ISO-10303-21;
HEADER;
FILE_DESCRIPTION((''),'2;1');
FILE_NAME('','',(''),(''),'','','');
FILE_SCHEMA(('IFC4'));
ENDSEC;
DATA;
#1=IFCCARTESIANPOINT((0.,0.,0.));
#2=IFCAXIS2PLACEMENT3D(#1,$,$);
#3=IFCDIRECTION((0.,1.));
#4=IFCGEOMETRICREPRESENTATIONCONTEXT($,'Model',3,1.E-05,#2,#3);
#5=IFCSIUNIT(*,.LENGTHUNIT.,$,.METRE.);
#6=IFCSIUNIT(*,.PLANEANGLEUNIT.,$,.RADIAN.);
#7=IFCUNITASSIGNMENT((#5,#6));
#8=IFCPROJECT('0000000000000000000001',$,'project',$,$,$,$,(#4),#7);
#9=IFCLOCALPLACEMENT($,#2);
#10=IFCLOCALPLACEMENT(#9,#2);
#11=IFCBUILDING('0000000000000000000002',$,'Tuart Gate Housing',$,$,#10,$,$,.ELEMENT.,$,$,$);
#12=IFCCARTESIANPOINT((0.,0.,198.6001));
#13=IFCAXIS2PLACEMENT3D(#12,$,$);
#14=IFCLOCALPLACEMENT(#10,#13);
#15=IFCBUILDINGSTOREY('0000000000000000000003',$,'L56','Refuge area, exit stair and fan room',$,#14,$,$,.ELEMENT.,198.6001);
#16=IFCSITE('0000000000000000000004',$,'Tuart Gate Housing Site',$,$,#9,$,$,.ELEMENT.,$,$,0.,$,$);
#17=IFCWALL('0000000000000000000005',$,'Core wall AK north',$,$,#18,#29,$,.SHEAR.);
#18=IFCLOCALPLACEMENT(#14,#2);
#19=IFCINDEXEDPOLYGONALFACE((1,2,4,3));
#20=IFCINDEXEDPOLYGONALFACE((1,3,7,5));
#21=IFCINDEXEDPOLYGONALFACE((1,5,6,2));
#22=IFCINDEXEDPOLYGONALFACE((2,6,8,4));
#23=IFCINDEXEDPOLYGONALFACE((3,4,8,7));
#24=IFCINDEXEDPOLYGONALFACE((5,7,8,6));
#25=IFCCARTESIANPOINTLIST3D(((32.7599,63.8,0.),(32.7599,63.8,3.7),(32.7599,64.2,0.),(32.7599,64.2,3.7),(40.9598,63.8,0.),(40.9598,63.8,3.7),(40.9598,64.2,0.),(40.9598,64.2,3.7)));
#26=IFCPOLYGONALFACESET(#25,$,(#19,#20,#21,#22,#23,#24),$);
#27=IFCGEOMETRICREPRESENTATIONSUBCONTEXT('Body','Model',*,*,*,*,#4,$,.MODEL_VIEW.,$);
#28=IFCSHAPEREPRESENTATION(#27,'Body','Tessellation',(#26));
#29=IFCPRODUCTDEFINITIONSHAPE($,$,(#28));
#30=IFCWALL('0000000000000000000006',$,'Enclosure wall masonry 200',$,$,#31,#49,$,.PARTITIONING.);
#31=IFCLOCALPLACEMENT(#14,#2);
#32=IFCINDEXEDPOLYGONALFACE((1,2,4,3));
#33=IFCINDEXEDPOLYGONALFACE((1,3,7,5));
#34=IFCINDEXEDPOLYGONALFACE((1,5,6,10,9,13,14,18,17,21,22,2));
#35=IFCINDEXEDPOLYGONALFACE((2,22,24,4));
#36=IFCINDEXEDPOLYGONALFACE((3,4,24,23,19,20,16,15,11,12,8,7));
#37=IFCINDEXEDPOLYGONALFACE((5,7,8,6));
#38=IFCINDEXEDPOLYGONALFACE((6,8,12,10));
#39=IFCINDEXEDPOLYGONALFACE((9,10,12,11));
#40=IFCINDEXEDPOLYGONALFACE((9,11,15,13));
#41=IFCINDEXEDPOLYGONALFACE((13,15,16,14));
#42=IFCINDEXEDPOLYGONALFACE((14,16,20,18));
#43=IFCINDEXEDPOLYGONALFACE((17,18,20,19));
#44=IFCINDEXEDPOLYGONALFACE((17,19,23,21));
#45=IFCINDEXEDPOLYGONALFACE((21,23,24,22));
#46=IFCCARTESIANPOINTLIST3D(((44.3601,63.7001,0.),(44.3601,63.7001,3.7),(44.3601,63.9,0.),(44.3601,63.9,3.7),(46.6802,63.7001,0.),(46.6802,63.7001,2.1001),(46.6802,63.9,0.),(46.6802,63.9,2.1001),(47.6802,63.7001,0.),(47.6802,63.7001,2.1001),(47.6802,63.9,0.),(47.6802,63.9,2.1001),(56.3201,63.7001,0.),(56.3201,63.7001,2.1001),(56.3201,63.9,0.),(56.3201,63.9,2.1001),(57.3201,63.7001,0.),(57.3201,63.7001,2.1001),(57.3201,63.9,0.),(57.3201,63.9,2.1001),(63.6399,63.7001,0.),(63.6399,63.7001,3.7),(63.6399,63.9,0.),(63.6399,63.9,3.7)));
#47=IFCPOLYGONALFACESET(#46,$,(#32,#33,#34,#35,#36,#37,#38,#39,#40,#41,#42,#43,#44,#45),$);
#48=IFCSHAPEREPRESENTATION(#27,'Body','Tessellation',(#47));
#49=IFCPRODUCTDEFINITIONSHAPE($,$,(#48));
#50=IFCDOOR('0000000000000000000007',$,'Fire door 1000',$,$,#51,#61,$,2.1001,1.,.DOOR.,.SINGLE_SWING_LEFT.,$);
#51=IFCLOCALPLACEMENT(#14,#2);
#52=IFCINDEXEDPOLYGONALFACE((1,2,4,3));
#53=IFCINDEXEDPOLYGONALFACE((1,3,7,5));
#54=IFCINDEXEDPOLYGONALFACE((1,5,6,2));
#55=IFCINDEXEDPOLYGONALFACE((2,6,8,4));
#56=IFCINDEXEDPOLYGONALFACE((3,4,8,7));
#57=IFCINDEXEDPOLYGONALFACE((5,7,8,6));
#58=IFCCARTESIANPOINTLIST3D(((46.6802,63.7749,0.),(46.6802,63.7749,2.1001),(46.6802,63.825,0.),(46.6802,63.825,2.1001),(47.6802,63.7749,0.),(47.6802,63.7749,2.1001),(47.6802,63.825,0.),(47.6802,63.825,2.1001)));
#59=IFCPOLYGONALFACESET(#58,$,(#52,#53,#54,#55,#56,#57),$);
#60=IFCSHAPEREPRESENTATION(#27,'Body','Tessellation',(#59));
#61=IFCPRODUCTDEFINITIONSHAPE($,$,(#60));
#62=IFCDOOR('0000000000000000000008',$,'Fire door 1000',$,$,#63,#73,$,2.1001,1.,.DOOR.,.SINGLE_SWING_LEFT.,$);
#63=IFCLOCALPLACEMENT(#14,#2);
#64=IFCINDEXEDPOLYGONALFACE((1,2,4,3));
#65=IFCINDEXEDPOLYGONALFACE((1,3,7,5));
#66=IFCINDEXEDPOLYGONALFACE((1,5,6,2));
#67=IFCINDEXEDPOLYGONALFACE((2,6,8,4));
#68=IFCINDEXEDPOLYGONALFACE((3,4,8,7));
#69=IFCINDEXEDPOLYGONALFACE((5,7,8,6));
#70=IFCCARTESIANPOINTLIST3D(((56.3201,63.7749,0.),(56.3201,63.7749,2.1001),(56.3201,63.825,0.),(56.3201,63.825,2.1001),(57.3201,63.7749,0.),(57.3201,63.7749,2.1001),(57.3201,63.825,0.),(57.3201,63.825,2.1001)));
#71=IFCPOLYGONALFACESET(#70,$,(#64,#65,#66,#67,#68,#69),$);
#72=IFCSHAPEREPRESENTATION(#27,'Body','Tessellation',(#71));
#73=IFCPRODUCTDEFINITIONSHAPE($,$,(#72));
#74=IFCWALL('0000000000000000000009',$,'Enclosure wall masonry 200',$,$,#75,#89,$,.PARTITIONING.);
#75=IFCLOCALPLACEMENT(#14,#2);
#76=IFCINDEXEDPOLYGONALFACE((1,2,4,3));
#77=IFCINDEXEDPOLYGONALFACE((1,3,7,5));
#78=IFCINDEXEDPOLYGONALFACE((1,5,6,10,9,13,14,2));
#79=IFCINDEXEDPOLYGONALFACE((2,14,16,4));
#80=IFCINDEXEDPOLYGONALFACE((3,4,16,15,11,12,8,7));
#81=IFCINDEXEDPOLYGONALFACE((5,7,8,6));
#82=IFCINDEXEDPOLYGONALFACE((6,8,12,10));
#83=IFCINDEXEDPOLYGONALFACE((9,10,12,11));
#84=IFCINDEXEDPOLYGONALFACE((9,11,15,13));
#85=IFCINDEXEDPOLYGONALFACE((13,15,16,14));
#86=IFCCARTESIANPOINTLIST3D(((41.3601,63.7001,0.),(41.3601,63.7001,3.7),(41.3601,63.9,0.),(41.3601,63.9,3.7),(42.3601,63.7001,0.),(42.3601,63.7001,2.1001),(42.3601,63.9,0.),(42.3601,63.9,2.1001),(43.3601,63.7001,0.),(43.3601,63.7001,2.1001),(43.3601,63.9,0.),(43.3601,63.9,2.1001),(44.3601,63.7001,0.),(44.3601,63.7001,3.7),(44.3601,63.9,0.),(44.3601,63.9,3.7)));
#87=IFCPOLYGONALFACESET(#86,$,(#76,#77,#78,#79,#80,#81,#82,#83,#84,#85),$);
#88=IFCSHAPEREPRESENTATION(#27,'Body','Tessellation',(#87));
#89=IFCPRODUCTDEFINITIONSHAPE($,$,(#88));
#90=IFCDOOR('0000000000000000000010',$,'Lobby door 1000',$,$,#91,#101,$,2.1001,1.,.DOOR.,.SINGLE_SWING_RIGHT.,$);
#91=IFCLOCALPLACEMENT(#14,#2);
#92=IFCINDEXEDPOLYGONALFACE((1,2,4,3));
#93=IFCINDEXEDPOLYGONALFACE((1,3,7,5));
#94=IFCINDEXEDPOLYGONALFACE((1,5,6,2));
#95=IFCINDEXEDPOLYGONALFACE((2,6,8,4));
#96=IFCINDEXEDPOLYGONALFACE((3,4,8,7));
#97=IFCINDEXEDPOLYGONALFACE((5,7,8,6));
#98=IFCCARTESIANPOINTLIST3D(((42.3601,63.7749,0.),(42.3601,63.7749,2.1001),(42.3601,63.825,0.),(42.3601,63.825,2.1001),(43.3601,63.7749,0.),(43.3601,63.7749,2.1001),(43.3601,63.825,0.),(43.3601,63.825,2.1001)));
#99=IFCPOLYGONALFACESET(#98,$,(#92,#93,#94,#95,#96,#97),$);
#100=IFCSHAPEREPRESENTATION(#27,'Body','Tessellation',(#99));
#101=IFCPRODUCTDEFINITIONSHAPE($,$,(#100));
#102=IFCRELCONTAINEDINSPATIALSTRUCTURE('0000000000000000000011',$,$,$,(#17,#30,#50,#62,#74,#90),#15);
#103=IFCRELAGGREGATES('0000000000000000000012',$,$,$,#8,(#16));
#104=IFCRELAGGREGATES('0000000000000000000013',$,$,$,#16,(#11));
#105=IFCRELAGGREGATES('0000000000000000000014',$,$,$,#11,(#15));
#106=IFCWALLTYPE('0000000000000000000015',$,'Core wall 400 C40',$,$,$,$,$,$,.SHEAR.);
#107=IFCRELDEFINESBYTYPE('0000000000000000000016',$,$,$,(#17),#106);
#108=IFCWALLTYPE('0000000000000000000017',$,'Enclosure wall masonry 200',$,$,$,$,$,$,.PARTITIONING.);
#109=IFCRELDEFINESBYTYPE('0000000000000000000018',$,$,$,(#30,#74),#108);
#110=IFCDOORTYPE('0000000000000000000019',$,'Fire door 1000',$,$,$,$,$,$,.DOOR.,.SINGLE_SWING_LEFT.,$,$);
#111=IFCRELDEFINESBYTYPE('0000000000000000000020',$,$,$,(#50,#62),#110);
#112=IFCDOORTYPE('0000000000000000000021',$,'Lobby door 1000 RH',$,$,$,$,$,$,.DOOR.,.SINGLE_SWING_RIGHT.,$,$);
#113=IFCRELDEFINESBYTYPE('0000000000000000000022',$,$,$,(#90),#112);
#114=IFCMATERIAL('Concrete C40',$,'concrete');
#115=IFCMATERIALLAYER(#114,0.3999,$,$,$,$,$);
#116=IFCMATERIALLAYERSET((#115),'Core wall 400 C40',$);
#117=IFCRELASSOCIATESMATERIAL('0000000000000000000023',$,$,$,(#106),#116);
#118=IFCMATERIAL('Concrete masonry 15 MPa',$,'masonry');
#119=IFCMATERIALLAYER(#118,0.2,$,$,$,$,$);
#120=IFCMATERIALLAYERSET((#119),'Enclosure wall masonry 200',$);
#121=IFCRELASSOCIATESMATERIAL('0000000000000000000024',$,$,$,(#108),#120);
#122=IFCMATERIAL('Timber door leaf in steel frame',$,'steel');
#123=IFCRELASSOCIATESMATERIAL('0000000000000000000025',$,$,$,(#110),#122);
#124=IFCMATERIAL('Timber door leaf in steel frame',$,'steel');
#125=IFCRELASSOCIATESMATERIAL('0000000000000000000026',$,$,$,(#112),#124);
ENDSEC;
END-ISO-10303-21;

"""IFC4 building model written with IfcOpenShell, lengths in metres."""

from ifc_helpers import new_model, si_unit, direction, frame, frame_2d, origin, place, context, subcontext, project, spatial, rectangle, extrude, material, layer, layer_set, type_object, element, fill, save


model = new_model("IFC4")

# Units and contexts
model_context = context("Model", 3, precision=1e-05, world=origin(), true_north=direction((0.0, 1.0)))
body_context = subcontext(model_context, "Body", "Model", "MODEL_VIEW")
ifc_project = project(units=[si_unit("LENGTHUNIT", "METRE"), si_unit("PLANEANGLEUNIT", "RADIAN")], contexts=[model_context])

# Site, building, storey
site_placement = place(None, origin())
site = spatial("IfcSite", under=ifc_project, at=site_placement, Name="Tuart Gate Housing Site", CompositionType="ELEMENT", RefElevation=0.0)
building_placement = place(site_placement, origin())
building = spatial("IfcBuilding", under=site, at=building_placement, Name="Tuart Gate Housing", CompositionType="ELEMENT")
storey_placement = place(building_placement, frame((0.0, 0.0, 198.6001)))
storey = spatial("IfcBuildingStorey", under=building, at=storey_placement, Name="L56", Description="Refuge area, exit stair and fan room", CompositionType="ELEMENT", Elevation=198.6001)

# Wall
ifc_material_1 = material(Name="Concrete C40", Category="concrete")
ifc_layer_1 = layer(ifc_material_1, 0.3999)
ifc_layer_set_1 = layer_set([ifc_layer_1], Name="Core wall 400 C40")
wall_type_1 = type_object("IfcWallType", Name="Core wall 400 C40", PredefinedType="SHEAR", material=ifc_layer_set_1)
wall_1_placement = place(storey_placement, frame((40.96, 64.0, 0.0), z_axis=(0.0, 0.0, 1.0), x_axis=(-1.0, 0.0, 0.0)))
element("IfcWall", 1, at=wall_1_placement, inside=storey, type_object=wall_type_1, Name="Core wall AK north", PredefinedType="SHEAR", context=body_context, shape_type="SweptSolid", body=[
    extrude(rectangle(XDim=8.2, YDim=0.3999, at=frame_2d((4.1001, 0.0))), origin(), (0.0, 0.0, 1.0), 3.7),
])

# Wall, openings, doors
ifc_material_2 = material(Name="Concrete masonry 15 MPa", Category="masonry")
ifc_layer_2 = layer(ifc_material_2, 0.2)
ifc_layer_set_2 = layer_set([ifc_layer_2], Name="Enclosure wall masonry 200")
wall_type_2 = type_object("IfcWallType", Name="Enclosure wall masonry 200", PredefinedType="PARTITIONING", material=ifc_layer_set_2)
wall_2_placement = place(storey_placement, frame((44.3601, 63.8, 0.0), z_axis=(0.0, 0.0, 1.0), x_axis=(1.0, 0.0, 0.0)))
wall_2 = element("IfcWall", 2, at=wall_2_placement, inside=storey, type_object=wall_type_2, Name="Enclosure wall masonry 200", PredefinedType="PARTITIONING", context=body_context, shape_type="SweptSolid", body=[
    extrude(rectangle(XDim=19.2798, YDim=0.2, at=frame_2d((9.6399, 0.0))), origin(), (0.0, 0.0, 1.0), 3.7),
])
opening_1_placement = place(wall_2_placement, frame((2.3201, 0.0, 0.0)))
opening_1 = element("IfcOpeningElement", 3, at=opening_1_placement, cuts=wall_2, PredefinedType="OPENING", context=body_context, shape_type="SweptSolid", body=[
    extrude(rectangle(XDim=1.0, YDim=2.1001, at=frame_2d((0.5, 1.05))), frame((0.0, 0.1099, 0.0), z_axis=(0.0, -1.0, 0.0), x_axis=(1.0, 0.0, 0.0)), (0.0, 0.0, 1.0), 0.22),
])
opening_2_placement = place(wall_2_placement, frame((11.96, 0.0, 0.0)))
opening_2 = element("IfcOpeningElement", 4, at=opening_2_placement, cuts=wall_2, PredefinedType="OPENING", context=body_context, shape_type="SweptSolid", body=[
    extrude(rectangle(XDim=1.0, YDim=2.1001, at=frame_2d((0.5, 1.05))), frame((0.0, 0.1099, 0.0), z_axis=(0.0, -1.0, 0.0), x_axis=(1.0, 0.0, 0.0)), (0.0, 0.0, 1.0), 0.22),
])
ifc_material_3 = material(Name="Timber door leaf in steel frame", Category="steel")
door_type_1 = type_object("IfcDoorType", Name="Fire door 1000", OperationType="SINGLE_SWING_LEFT", PredefinedType="DOOR", material=ifc_material_3)
door_1_placement = place(opening_1_placement, origin())
door_1 = element("IfcDoor", 5, at=door_1_placement, inside=storey, type_object=door_type_1, Name="Fire door 1000", OperationType="SINGLE_SWING_LEFT", OverallHeight=2.1001, OverallWidth=1.0, PredefinedType="DOOR", context=body_context, shape_type="SweptSolid", body=[
    extrude(rectangle(XDim=1.0, YDim=2.1001, at=frame_2d((0.5, 1.05))), frame((0.0, 0.0249, 0.0), z_axis=(0.0, -1.0, 0.0), x_axis=(1.0, 0.0, 0.0)), (0.0, 0.0, 1.0), 0.05),
])
fill(opening_1, door_1)
door_2_placement = place(opening_2_placement, origin())
door_2 = element("IfcDoor", 6, at=door_2_placement, inside=storey, type_object=door_type_1, Name="Fire door 1000", OperationType="SINGLE_SWING_LEFT", OverallHeight=2.1001, OverallWidth=1.0, PredefinedType="DOOR", context=body_context, shape_type="SweptSolid", body=[
    extrude(rectangle(XDim=1.0, YDim=2.1001, at=frame_2d((0.5, 1.05))), frame((0.0, 0.0249, 0.0), z_axis=(0.0, -1.0, 0.0), x_axis=(1.0, 0.0, 0.0)), (0.0, 0.0, 1.0), 0.05),
])
fill(opening_2, door_2)

# Wall, opening, door
wall_3_placement = place(storey_placement, frame((41.3601, 63.8, 0.0), z_axis=(0.0, 0.0, 1.0), x_axis=(1.0, 0.0, 0.0)))
wall_3 = element("IfcWall", 7, at=wall_3_placement, inside=storey, type_object=wall_type_2, Name="Enclosure wall masonry 200", PredefinedType="PARTITIONING", context=body_context, shape_type="SweptSolid", body=[
    extrude(rectangle(XDim=3.0, YDim=0.2, at=frame_2d((1.5, 0.0))), origin(), (0.0, 0.0, 1.0), 3.7),
])
opening_3_placement = place(wall_3_placement, frame((1.0, 0.0, 0.0)))
opening_3 = element("IfcOpeningElement", 8, at=opening_3_placement, cuts=wall_3, PredefinedType="OPENING", context=body_context, shape_type="SweptSolid", body=[
    extrude(rectangle(XDim=1.0, YDim=2.1001, at=frame_2d((0.5, 1.05))), frame((0.0, 0.1099, 0.0), z_axis=(0.0, -1.0, 0.0), x_axis=(1.0, 0.0, 0.0)), (0.0, 0.0, 1.0), 0.22),
])
ifc_material_4 = material(Name="Timber door leaf in steel frame", Category="steel")
door_type_2 = type_object("IfcDoorType", Name="Lobby door 1000 RH", OperationType="SINGLE_SWING_RIGHT", PredefinedType="DOOR", material=ifc_material_4)
door_3_placement = place(opening_3_placement, origin())
door_3 = element("IfcDoor", 9, at=door_3_placement, inside=storey, type_object=door_type_2, Name="Lobby door 1000", OperationType="SINGLE_SWING_RIGHT", OverallHeight=2.1001, OverallWidth=1.0, PredefinedType="DOOR", context=body_context, shape_type="SweptSolid", body=[
    extrude(rectangle(XDim=1.0, YDim=2.1001, at=frame_2d((0.5, 1.05))), frame((0.0, 0.0249, 0.0), z_axis=(0.0, -1.0, 0.0), x_axis=(1.0, 0.0, 0.0)), (0.0, 0.0, 1.0), 0.05),
])
fill(opening_3, door_3)

save(model, "model.ifc")
